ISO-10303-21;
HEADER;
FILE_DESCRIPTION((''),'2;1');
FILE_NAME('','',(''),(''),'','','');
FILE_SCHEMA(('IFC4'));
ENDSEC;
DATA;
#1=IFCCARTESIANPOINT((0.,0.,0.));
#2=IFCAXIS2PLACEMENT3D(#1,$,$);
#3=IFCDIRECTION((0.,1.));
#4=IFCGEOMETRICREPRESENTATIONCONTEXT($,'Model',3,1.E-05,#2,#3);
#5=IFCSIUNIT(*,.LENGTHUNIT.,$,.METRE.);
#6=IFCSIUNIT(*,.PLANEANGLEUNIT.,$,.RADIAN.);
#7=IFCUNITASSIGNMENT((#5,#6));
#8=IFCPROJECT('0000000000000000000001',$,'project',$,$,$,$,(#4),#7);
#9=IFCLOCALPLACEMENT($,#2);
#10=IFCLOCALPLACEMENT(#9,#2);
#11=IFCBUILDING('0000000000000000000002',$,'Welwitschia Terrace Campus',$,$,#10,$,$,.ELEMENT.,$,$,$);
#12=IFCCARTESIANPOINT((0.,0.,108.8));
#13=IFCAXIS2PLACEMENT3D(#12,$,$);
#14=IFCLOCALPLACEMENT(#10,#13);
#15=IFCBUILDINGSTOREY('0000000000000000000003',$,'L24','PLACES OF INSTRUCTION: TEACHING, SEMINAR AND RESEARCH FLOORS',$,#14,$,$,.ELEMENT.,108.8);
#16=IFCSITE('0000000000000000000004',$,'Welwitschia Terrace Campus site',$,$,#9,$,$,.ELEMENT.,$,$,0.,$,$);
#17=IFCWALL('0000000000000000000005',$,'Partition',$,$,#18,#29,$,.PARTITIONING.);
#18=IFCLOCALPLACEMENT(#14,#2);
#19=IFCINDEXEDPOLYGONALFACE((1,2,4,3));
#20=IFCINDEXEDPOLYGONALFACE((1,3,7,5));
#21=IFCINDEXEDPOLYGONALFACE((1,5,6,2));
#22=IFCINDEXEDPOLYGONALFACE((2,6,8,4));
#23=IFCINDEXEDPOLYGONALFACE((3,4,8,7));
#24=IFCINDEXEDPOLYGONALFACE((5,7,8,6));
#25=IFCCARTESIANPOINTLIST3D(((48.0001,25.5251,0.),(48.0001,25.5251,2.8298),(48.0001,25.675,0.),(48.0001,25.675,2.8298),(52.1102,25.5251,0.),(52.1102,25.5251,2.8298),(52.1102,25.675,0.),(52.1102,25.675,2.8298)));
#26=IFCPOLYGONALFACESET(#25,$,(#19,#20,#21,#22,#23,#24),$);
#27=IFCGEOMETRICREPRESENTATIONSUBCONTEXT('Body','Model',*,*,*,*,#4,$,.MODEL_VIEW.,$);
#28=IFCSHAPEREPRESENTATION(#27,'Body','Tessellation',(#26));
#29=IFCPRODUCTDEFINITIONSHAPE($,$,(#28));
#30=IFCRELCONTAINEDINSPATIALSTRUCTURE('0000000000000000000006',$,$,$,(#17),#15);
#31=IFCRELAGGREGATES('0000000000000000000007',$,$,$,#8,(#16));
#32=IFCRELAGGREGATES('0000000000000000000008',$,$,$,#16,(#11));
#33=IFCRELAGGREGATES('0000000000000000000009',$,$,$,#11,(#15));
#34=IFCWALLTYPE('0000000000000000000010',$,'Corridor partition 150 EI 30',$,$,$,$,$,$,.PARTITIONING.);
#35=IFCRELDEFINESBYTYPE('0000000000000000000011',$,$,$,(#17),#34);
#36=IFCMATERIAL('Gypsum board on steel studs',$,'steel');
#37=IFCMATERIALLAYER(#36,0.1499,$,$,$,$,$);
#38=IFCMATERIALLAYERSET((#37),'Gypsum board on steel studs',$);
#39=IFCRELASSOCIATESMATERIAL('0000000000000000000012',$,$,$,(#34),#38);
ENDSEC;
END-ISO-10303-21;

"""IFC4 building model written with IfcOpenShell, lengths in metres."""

from ifc_helpers import new_model, si_unit, direction, frame, frame_2d, origin, place, context, subcontext, project, spatial, rectangle, extrude, material, layer, layer_set, type_object, element, save


model = new_model("IFC4")

# Units and contexts
model_context = context("Model", 3, precision=1e-05, world=origin(), true_north=direction((0.0, 1.0)))
body_context = subcontext(model_context, "Body", "Model", "MODEL_VIEW")
ifc_project = project(units=[si_unit("LENGTHUNIT", "METRE"), si_unit("PLANEANGLEUNIT", "RADIAN")], contexts=[model_context])

# Site, building, storey
site_placement = place(None, origin())
site = spatial("IfcSite", under=ifc_project, at=site_placement, Name="Welwitschia Terrace Campus site", CompositionType="ELEMENT", RefElevation=0.0)
building_placement = place(site_placement, origin())
building = spatial("IfcBuilding", under=site, at=building_placement, Name="Welwitschia Terrace Campus", CompositionType="ELEMENT")
storey_placement = place(building_placement, frame((0.0, 0.0, 108.8)))
storey = spatial("IfcBuildingStorey", under=building, at=storey_placement, Name="L24", Description="PLACES OF INSTRUCTION: TEACHING, SEMINAR AND RESEARCH FLOORS", CompositionType="ELEMENT", Elevation=108.8)

# Shared definitions
ifc_material_1 = material(Name="Gypsum board on steel studs", Category="steel")
ifc_layer_1 = layer(ifc_material_1, 0.1499)
ifc_layer_set_1 = layer_set([ifc_layer_1], Name="Gypsum board on steel studs")
wall_type = type_object("IfcWallType", Name="Corridor partition 150 EI 30", PredefinedType="PARTITIONING", material=ifc_layer_set_1)

# Wall
wall_1_placement = place(storey_placement, frame((48.0, 25.6001, 0.0), z_axis=(0.0, 0.0, 1.0), x_axis=(1.0, 0.0, 0.0)))
element("IfcWall", 1, at=wall_1_placement, inside=storey, type_object=wall_type, Name="Partition", PredefinedType="PARTITIONING", context=body_context, shape_type="SweptSolid", body=[
    extrude(rectangle(XDim=4.1101, YDim=0.1499, at=frame_2d((2.0552, 0.0))), origin(), (0.0, 0.0, 1.0), 2.8298),
])

save(model, "model.ifc")
